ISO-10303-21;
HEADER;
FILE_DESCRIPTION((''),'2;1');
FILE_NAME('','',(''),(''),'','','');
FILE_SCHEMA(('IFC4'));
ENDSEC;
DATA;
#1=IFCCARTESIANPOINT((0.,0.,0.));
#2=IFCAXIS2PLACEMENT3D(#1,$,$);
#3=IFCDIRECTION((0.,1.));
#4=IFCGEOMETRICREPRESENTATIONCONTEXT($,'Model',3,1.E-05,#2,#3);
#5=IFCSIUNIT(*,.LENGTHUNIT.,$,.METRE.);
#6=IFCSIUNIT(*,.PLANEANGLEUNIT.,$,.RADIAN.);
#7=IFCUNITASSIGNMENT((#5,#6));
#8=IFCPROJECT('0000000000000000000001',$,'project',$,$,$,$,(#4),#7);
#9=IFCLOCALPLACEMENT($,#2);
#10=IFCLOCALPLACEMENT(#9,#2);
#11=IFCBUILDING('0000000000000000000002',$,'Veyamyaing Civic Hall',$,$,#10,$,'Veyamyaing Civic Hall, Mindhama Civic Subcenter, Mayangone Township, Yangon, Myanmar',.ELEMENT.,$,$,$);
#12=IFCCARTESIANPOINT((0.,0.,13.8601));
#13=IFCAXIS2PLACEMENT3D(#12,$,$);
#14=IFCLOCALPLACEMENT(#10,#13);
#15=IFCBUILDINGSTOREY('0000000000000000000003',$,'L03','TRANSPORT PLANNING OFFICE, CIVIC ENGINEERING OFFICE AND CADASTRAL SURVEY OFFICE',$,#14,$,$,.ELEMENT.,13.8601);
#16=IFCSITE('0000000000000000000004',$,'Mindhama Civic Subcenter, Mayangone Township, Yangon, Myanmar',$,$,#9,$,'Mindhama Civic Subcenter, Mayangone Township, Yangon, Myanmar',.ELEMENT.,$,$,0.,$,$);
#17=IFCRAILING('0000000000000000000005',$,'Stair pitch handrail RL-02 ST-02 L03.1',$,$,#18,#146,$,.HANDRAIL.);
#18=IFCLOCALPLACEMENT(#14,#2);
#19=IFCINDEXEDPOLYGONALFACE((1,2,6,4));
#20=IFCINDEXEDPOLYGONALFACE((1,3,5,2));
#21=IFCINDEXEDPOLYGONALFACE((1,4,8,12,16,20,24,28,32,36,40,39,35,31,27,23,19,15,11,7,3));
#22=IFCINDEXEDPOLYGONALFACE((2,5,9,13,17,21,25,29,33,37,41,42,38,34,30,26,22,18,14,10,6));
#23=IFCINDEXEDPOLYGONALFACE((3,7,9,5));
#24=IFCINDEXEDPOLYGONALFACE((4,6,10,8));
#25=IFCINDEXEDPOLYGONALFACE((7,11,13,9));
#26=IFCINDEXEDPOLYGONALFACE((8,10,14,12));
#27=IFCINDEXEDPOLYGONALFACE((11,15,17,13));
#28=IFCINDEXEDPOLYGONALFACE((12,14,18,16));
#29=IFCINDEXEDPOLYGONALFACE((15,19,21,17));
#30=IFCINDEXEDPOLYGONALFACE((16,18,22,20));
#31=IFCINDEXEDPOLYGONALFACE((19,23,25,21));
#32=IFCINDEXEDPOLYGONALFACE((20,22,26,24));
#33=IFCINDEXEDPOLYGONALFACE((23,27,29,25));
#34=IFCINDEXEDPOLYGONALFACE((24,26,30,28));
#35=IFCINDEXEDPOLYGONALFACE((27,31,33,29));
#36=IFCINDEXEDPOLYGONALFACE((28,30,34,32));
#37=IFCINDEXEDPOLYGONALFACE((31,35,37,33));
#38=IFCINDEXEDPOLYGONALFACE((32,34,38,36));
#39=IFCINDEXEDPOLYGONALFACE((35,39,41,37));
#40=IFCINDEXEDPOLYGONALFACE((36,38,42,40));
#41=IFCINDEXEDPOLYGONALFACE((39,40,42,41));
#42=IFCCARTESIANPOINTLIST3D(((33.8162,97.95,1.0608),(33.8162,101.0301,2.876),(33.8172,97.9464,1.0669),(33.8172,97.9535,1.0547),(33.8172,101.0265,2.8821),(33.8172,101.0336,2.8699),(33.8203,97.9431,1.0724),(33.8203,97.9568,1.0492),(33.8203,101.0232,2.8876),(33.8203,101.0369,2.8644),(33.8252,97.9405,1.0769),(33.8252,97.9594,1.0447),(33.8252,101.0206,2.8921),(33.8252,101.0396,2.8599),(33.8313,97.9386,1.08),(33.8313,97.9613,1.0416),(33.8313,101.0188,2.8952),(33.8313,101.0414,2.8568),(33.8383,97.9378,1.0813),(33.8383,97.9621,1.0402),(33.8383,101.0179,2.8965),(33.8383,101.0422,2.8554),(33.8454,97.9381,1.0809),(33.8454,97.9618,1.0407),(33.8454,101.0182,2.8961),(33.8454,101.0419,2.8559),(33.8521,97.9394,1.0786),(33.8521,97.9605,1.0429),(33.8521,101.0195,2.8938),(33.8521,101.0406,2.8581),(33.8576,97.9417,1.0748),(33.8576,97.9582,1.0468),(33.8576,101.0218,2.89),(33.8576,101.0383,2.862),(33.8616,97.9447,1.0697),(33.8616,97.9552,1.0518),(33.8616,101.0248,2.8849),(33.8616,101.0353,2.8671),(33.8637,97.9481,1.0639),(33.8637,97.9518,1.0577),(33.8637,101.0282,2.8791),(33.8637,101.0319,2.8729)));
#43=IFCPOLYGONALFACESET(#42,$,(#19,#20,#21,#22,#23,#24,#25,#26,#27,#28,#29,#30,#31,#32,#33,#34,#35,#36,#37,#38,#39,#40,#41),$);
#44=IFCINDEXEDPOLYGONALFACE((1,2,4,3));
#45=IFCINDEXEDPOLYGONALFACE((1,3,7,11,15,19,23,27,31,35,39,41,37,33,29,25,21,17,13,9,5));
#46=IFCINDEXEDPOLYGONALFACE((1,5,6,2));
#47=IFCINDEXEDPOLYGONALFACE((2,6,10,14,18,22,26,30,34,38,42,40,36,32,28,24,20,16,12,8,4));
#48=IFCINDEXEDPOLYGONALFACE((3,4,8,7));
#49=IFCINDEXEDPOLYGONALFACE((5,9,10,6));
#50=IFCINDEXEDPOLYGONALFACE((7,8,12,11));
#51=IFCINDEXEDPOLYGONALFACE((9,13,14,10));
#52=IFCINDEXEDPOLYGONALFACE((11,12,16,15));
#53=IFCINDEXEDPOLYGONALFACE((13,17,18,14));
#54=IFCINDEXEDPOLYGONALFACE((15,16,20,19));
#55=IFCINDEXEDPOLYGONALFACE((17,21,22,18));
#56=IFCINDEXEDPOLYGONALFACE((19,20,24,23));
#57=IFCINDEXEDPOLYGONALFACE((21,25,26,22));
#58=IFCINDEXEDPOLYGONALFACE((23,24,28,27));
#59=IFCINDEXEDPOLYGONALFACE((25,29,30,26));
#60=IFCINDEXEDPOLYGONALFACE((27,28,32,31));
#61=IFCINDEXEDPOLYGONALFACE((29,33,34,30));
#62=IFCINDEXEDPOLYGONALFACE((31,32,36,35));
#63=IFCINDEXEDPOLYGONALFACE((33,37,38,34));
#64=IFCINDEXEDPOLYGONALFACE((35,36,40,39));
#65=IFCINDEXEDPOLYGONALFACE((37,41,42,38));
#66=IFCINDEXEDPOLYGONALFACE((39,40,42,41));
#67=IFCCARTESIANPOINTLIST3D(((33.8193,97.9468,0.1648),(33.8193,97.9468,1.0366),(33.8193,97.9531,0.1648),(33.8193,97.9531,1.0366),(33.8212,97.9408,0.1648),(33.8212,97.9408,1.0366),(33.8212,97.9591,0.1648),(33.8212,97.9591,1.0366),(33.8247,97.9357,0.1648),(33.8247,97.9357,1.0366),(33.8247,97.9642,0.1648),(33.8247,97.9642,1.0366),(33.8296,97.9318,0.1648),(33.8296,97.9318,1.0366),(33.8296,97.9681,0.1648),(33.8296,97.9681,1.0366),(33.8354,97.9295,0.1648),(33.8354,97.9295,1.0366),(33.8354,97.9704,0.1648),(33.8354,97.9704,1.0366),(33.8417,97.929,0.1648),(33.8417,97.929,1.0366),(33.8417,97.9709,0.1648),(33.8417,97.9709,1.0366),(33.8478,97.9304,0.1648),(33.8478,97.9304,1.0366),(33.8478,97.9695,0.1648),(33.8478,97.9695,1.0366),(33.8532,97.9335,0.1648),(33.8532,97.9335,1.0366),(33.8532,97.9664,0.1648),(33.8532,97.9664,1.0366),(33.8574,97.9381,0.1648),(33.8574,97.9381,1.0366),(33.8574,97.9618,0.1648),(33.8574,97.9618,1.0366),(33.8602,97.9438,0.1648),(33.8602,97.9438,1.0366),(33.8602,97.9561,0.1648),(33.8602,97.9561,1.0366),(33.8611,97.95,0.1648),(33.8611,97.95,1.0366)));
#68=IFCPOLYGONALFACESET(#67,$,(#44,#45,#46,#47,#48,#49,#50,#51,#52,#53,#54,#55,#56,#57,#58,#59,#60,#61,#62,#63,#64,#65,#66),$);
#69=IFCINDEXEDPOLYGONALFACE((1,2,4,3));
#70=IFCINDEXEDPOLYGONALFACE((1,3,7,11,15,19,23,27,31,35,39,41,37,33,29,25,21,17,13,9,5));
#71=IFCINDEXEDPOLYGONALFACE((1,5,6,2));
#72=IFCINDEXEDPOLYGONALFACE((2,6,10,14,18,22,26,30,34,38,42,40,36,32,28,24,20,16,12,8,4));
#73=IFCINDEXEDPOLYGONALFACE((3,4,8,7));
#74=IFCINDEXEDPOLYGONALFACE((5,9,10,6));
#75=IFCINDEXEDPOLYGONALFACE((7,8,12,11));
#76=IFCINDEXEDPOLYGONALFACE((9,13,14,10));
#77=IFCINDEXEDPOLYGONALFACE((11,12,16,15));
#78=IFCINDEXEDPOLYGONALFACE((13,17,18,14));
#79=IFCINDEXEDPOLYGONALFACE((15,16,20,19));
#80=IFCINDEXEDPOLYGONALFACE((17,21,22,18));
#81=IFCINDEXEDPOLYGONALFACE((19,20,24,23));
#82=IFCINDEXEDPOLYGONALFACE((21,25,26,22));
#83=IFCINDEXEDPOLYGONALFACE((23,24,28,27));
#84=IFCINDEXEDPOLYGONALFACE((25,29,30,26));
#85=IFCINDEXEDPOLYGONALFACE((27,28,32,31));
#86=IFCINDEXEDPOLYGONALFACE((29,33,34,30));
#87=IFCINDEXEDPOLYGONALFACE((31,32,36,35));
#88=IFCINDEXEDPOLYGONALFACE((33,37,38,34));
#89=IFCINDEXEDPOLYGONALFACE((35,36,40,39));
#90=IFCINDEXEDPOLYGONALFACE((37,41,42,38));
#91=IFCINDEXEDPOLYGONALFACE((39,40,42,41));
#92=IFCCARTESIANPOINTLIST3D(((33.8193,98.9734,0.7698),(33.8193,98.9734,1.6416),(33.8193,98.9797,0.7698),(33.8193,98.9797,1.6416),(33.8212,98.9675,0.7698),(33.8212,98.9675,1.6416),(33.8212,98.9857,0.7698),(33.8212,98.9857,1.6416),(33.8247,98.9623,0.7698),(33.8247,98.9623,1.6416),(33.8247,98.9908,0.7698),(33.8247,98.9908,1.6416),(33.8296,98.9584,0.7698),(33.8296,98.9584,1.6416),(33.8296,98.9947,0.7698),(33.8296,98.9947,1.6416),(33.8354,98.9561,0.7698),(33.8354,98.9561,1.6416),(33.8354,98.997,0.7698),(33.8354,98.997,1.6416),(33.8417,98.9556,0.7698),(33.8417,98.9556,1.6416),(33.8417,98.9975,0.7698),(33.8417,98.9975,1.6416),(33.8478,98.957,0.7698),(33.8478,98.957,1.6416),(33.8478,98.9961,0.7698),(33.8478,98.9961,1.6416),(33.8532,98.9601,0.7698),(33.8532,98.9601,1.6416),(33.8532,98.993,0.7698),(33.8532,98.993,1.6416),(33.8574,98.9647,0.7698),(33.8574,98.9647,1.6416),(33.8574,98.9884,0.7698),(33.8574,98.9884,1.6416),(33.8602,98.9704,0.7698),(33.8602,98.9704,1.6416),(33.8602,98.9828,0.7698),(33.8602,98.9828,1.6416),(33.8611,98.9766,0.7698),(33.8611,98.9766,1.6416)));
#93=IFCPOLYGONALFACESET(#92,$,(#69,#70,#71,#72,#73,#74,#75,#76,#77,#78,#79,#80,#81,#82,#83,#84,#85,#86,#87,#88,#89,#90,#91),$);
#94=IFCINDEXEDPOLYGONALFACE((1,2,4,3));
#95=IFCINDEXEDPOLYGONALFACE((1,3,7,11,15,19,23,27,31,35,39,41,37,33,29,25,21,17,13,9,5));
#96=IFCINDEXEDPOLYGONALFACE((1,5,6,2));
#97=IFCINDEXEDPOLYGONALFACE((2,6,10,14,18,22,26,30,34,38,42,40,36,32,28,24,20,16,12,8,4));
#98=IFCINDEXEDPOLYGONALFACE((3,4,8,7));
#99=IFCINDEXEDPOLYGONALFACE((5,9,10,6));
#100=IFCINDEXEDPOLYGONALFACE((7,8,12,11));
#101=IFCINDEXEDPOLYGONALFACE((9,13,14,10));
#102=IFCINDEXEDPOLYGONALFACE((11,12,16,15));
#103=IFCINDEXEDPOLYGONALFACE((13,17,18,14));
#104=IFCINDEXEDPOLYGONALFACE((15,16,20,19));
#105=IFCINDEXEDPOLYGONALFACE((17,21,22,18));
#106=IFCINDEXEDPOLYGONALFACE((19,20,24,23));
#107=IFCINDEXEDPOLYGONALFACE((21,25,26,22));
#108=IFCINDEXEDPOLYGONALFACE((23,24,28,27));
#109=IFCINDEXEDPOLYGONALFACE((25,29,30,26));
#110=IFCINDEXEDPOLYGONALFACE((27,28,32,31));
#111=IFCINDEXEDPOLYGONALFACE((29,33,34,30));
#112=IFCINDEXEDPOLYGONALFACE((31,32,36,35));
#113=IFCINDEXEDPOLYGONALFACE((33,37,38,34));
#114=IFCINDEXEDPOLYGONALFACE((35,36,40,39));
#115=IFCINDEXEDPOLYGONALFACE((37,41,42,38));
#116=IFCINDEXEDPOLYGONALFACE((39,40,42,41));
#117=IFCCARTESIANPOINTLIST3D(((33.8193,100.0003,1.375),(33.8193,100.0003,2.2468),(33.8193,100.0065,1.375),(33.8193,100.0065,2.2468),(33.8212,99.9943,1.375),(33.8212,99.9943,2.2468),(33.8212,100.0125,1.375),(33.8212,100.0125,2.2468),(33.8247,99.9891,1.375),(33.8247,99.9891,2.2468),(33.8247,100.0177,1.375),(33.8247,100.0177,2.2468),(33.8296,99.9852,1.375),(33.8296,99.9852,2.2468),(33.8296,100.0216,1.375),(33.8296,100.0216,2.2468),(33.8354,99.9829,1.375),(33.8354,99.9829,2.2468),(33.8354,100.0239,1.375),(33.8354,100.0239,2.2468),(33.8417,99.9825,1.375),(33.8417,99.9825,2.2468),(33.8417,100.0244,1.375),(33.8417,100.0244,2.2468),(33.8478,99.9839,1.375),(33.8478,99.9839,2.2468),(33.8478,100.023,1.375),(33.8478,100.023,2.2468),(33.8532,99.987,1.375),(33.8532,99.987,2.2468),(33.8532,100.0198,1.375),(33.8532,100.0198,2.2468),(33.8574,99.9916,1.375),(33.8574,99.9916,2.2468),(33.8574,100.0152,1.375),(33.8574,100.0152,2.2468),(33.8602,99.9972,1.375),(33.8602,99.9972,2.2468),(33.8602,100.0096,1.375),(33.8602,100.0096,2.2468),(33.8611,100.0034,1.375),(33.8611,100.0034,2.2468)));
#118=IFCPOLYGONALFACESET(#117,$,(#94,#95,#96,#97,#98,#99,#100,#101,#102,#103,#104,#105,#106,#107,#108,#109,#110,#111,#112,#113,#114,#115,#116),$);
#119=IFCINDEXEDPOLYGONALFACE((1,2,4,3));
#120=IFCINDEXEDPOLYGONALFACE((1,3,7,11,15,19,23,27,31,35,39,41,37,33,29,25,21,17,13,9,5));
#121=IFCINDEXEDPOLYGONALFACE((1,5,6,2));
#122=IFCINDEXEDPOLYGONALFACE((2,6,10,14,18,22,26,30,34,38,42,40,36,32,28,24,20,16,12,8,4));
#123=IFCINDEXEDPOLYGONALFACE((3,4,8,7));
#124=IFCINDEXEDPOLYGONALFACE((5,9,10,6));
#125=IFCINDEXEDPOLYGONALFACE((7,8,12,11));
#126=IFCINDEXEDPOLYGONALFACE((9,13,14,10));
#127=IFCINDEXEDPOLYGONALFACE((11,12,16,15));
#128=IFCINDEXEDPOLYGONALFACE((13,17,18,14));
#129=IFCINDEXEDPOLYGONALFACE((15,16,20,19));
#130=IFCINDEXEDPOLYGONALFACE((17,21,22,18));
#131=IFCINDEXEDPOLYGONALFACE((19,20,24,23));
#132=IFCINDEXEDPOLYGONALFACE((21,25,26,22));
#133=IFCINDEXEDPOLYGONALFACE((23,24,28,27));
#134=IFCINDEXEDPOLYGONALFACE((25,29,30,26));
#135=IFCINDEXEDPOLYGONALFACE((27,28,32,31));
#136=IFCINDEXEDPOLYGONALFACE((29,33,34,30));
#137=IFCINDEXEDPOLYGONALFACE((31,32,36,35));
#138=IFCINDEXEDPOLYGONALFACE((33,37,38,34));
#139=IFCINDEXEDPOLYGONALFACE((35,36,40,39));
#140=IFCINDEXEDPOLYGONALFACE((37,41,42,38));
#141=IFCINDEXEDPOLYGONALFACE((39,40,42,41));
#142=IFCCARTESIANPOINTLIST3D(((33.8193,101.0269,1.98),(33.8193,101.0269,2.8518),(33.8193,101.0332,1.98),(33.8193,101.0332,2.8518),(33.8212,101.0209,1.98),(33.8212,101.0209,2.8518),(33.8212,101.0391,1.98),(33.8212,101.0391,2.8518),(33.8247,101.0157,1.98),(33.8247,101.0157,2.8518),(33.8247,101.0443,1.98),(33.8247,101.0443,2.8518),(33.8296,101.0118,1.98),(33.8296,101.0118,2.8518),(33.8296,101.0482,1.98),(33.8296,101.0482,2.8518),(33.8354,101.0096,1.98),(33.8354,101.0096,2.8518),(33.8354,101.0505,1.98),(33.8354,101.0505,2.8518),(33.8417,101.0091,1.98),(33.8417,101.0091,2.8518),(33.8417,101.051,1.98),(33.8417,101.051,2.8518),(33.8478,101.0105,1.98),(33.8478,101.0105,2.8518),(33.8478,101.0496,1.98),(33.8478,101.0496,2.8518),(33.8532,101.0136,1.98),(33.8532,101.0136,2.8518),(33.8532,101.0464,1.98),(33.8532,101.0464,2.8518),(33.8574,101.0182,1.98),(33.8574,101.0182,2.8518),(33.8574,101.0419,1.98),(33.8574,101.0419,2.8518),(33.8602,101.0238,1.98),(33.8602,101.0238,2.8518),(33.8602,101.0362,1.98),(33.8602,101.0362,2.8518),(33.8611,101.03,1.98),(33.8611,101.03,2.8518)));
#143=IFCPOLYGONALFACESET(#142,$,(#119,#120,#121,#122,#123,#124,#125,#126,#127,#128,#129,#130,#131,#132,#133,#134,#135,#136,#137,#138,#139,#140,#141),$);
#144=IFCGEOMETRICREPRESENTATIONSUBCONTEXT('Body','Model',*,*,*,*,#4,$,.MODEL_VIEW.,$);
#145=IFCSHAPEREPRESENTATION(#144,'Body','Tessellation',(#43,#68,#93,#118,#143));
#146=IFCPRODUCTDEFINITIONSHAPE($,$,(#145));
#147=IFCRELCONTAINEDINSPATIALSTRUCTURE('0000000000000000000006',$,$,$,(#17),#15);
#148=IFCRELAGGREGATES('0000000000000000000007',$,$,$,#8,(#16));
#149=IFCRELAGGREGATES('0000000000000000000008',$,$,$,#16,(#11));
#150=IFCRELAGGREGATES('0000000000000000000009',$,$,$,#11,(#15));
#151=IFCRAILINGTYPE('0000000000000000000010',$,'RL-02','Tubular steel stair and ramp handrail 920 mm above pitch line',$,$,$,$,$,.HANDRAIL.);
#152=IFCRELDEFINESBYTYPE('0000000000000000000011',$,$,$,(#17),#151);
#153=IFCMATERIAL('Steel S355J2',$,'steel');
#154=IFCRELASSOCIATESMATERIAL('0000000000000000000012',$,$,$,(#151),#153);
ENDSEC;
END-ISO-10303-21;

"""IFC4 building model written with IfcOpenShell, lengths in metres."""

from ifc_helpers import new_model, si_unit, direction, frame, origin, origin_2d, place, context, subcontext, project, spatial, circle, extrude, material, type_object, element, save


model = new_model("IFC4")

# Units and contexts
model_context = context("Model", 3, precision=1e-05, world=origin(), true_north=direction((0.0, 1.0)))
body_context = subcontext(model_context, "Body", "Model", "MODEL_VIEW")
ifc_project = project(units=[si_unit("LENGTHUNIT", "METRE"), si_unit("PLANEANGLEUNIT", "RADIAN")], contexts=[model_context])

# Site, building, storey
site_placement = place(None, origin())
site = spatial("IfcSite", under=ifc_project, at=site_placement, Name="Mindhama Civic Subcenter, Mayangone Township, Yangon, Myanmar", LongName="Mindhama Civic Subcenter, Mayangone Township, Yangon, Myanmar", CompositionType="ELEMENT", RefElevation=0.0)
building_placement = place(site_placement, origin())
building = spatial("IfcBuilding", under=site, at=building_placement, Name="Veyamyaing Civic Hall", LongName="Veyamyaing Civic Hall, Mindhama Civic Subcenter, Mayangone Township, Yangon, Myanmar", CompositionType="ELEMENT")
storey_placement = place(building_placement, frame((0.0, 0.0, 13.8601)))
storey = spatial("IfcBuildingStorey", under=building, at=storey_placement, Name="L03", Description="TRANSPORT PLANNING OFFICE, CIVIC ENGINEERING OFFICE AND CADASTRAL SURVEY OFFICE", CompositionType="ELEMENT", Elevation=13.8601)

# Railing
ifc_material_1 = material(Name="Steel S355J2", Category="steel")
railing_type_1 = type_object("IfcRailingType", Name="RL-02", Description="Tubular steel stair and ramp handrail 920 mm above pitch line", PredefinedType="HANDRAIL", material=ifc_material_1)
railing_1_placement = place(storey_placement, frame((33.8401, 97.95, 0.1648)))
element("IfcRailing", 1, at=railing_1_placement, inside=storey, type_object=railing_type_1, Name="Stair pitch handrail RL-02 ST-02 L03.1", PredefinedType="HANDRAIL", context=body_context, shape_type="SweptSolid", body=[
    extrude(circle(Radius=0.0239, at=origin_2d()), frame((0.0, 0.0, 0.896), z_axis=(0.0, 0.861521, 0.507721), x_axis=(-1.0, 0.0, 0.0)), (0.0, 0.0, 1.0), 3.5752),
    extrude(circle(Radius=0.021, at=origin_2d()), origin(), (0.0, 0.0, 1.0), 0.8718),
    extrude(circle(Radius=0.021, at=origin_2d()), frame((0.0, 1.0266, 0.605)), (0.0, 0.0, 1.0), 0.8718),
    extrude(circle(Radius=0.021, at=origin_2d()), frame((0.0, 2.0535, 1.2102)), (0.0, 0.0, 1.0), 0.8718),
    extrude(circle(Radius=0.021, at=origin_2d()), frame((0.0, 3.0801, 1.8152)), (0.0, 0.0, 1.0), 0.8718),
])

save(model, "model.ifc")
